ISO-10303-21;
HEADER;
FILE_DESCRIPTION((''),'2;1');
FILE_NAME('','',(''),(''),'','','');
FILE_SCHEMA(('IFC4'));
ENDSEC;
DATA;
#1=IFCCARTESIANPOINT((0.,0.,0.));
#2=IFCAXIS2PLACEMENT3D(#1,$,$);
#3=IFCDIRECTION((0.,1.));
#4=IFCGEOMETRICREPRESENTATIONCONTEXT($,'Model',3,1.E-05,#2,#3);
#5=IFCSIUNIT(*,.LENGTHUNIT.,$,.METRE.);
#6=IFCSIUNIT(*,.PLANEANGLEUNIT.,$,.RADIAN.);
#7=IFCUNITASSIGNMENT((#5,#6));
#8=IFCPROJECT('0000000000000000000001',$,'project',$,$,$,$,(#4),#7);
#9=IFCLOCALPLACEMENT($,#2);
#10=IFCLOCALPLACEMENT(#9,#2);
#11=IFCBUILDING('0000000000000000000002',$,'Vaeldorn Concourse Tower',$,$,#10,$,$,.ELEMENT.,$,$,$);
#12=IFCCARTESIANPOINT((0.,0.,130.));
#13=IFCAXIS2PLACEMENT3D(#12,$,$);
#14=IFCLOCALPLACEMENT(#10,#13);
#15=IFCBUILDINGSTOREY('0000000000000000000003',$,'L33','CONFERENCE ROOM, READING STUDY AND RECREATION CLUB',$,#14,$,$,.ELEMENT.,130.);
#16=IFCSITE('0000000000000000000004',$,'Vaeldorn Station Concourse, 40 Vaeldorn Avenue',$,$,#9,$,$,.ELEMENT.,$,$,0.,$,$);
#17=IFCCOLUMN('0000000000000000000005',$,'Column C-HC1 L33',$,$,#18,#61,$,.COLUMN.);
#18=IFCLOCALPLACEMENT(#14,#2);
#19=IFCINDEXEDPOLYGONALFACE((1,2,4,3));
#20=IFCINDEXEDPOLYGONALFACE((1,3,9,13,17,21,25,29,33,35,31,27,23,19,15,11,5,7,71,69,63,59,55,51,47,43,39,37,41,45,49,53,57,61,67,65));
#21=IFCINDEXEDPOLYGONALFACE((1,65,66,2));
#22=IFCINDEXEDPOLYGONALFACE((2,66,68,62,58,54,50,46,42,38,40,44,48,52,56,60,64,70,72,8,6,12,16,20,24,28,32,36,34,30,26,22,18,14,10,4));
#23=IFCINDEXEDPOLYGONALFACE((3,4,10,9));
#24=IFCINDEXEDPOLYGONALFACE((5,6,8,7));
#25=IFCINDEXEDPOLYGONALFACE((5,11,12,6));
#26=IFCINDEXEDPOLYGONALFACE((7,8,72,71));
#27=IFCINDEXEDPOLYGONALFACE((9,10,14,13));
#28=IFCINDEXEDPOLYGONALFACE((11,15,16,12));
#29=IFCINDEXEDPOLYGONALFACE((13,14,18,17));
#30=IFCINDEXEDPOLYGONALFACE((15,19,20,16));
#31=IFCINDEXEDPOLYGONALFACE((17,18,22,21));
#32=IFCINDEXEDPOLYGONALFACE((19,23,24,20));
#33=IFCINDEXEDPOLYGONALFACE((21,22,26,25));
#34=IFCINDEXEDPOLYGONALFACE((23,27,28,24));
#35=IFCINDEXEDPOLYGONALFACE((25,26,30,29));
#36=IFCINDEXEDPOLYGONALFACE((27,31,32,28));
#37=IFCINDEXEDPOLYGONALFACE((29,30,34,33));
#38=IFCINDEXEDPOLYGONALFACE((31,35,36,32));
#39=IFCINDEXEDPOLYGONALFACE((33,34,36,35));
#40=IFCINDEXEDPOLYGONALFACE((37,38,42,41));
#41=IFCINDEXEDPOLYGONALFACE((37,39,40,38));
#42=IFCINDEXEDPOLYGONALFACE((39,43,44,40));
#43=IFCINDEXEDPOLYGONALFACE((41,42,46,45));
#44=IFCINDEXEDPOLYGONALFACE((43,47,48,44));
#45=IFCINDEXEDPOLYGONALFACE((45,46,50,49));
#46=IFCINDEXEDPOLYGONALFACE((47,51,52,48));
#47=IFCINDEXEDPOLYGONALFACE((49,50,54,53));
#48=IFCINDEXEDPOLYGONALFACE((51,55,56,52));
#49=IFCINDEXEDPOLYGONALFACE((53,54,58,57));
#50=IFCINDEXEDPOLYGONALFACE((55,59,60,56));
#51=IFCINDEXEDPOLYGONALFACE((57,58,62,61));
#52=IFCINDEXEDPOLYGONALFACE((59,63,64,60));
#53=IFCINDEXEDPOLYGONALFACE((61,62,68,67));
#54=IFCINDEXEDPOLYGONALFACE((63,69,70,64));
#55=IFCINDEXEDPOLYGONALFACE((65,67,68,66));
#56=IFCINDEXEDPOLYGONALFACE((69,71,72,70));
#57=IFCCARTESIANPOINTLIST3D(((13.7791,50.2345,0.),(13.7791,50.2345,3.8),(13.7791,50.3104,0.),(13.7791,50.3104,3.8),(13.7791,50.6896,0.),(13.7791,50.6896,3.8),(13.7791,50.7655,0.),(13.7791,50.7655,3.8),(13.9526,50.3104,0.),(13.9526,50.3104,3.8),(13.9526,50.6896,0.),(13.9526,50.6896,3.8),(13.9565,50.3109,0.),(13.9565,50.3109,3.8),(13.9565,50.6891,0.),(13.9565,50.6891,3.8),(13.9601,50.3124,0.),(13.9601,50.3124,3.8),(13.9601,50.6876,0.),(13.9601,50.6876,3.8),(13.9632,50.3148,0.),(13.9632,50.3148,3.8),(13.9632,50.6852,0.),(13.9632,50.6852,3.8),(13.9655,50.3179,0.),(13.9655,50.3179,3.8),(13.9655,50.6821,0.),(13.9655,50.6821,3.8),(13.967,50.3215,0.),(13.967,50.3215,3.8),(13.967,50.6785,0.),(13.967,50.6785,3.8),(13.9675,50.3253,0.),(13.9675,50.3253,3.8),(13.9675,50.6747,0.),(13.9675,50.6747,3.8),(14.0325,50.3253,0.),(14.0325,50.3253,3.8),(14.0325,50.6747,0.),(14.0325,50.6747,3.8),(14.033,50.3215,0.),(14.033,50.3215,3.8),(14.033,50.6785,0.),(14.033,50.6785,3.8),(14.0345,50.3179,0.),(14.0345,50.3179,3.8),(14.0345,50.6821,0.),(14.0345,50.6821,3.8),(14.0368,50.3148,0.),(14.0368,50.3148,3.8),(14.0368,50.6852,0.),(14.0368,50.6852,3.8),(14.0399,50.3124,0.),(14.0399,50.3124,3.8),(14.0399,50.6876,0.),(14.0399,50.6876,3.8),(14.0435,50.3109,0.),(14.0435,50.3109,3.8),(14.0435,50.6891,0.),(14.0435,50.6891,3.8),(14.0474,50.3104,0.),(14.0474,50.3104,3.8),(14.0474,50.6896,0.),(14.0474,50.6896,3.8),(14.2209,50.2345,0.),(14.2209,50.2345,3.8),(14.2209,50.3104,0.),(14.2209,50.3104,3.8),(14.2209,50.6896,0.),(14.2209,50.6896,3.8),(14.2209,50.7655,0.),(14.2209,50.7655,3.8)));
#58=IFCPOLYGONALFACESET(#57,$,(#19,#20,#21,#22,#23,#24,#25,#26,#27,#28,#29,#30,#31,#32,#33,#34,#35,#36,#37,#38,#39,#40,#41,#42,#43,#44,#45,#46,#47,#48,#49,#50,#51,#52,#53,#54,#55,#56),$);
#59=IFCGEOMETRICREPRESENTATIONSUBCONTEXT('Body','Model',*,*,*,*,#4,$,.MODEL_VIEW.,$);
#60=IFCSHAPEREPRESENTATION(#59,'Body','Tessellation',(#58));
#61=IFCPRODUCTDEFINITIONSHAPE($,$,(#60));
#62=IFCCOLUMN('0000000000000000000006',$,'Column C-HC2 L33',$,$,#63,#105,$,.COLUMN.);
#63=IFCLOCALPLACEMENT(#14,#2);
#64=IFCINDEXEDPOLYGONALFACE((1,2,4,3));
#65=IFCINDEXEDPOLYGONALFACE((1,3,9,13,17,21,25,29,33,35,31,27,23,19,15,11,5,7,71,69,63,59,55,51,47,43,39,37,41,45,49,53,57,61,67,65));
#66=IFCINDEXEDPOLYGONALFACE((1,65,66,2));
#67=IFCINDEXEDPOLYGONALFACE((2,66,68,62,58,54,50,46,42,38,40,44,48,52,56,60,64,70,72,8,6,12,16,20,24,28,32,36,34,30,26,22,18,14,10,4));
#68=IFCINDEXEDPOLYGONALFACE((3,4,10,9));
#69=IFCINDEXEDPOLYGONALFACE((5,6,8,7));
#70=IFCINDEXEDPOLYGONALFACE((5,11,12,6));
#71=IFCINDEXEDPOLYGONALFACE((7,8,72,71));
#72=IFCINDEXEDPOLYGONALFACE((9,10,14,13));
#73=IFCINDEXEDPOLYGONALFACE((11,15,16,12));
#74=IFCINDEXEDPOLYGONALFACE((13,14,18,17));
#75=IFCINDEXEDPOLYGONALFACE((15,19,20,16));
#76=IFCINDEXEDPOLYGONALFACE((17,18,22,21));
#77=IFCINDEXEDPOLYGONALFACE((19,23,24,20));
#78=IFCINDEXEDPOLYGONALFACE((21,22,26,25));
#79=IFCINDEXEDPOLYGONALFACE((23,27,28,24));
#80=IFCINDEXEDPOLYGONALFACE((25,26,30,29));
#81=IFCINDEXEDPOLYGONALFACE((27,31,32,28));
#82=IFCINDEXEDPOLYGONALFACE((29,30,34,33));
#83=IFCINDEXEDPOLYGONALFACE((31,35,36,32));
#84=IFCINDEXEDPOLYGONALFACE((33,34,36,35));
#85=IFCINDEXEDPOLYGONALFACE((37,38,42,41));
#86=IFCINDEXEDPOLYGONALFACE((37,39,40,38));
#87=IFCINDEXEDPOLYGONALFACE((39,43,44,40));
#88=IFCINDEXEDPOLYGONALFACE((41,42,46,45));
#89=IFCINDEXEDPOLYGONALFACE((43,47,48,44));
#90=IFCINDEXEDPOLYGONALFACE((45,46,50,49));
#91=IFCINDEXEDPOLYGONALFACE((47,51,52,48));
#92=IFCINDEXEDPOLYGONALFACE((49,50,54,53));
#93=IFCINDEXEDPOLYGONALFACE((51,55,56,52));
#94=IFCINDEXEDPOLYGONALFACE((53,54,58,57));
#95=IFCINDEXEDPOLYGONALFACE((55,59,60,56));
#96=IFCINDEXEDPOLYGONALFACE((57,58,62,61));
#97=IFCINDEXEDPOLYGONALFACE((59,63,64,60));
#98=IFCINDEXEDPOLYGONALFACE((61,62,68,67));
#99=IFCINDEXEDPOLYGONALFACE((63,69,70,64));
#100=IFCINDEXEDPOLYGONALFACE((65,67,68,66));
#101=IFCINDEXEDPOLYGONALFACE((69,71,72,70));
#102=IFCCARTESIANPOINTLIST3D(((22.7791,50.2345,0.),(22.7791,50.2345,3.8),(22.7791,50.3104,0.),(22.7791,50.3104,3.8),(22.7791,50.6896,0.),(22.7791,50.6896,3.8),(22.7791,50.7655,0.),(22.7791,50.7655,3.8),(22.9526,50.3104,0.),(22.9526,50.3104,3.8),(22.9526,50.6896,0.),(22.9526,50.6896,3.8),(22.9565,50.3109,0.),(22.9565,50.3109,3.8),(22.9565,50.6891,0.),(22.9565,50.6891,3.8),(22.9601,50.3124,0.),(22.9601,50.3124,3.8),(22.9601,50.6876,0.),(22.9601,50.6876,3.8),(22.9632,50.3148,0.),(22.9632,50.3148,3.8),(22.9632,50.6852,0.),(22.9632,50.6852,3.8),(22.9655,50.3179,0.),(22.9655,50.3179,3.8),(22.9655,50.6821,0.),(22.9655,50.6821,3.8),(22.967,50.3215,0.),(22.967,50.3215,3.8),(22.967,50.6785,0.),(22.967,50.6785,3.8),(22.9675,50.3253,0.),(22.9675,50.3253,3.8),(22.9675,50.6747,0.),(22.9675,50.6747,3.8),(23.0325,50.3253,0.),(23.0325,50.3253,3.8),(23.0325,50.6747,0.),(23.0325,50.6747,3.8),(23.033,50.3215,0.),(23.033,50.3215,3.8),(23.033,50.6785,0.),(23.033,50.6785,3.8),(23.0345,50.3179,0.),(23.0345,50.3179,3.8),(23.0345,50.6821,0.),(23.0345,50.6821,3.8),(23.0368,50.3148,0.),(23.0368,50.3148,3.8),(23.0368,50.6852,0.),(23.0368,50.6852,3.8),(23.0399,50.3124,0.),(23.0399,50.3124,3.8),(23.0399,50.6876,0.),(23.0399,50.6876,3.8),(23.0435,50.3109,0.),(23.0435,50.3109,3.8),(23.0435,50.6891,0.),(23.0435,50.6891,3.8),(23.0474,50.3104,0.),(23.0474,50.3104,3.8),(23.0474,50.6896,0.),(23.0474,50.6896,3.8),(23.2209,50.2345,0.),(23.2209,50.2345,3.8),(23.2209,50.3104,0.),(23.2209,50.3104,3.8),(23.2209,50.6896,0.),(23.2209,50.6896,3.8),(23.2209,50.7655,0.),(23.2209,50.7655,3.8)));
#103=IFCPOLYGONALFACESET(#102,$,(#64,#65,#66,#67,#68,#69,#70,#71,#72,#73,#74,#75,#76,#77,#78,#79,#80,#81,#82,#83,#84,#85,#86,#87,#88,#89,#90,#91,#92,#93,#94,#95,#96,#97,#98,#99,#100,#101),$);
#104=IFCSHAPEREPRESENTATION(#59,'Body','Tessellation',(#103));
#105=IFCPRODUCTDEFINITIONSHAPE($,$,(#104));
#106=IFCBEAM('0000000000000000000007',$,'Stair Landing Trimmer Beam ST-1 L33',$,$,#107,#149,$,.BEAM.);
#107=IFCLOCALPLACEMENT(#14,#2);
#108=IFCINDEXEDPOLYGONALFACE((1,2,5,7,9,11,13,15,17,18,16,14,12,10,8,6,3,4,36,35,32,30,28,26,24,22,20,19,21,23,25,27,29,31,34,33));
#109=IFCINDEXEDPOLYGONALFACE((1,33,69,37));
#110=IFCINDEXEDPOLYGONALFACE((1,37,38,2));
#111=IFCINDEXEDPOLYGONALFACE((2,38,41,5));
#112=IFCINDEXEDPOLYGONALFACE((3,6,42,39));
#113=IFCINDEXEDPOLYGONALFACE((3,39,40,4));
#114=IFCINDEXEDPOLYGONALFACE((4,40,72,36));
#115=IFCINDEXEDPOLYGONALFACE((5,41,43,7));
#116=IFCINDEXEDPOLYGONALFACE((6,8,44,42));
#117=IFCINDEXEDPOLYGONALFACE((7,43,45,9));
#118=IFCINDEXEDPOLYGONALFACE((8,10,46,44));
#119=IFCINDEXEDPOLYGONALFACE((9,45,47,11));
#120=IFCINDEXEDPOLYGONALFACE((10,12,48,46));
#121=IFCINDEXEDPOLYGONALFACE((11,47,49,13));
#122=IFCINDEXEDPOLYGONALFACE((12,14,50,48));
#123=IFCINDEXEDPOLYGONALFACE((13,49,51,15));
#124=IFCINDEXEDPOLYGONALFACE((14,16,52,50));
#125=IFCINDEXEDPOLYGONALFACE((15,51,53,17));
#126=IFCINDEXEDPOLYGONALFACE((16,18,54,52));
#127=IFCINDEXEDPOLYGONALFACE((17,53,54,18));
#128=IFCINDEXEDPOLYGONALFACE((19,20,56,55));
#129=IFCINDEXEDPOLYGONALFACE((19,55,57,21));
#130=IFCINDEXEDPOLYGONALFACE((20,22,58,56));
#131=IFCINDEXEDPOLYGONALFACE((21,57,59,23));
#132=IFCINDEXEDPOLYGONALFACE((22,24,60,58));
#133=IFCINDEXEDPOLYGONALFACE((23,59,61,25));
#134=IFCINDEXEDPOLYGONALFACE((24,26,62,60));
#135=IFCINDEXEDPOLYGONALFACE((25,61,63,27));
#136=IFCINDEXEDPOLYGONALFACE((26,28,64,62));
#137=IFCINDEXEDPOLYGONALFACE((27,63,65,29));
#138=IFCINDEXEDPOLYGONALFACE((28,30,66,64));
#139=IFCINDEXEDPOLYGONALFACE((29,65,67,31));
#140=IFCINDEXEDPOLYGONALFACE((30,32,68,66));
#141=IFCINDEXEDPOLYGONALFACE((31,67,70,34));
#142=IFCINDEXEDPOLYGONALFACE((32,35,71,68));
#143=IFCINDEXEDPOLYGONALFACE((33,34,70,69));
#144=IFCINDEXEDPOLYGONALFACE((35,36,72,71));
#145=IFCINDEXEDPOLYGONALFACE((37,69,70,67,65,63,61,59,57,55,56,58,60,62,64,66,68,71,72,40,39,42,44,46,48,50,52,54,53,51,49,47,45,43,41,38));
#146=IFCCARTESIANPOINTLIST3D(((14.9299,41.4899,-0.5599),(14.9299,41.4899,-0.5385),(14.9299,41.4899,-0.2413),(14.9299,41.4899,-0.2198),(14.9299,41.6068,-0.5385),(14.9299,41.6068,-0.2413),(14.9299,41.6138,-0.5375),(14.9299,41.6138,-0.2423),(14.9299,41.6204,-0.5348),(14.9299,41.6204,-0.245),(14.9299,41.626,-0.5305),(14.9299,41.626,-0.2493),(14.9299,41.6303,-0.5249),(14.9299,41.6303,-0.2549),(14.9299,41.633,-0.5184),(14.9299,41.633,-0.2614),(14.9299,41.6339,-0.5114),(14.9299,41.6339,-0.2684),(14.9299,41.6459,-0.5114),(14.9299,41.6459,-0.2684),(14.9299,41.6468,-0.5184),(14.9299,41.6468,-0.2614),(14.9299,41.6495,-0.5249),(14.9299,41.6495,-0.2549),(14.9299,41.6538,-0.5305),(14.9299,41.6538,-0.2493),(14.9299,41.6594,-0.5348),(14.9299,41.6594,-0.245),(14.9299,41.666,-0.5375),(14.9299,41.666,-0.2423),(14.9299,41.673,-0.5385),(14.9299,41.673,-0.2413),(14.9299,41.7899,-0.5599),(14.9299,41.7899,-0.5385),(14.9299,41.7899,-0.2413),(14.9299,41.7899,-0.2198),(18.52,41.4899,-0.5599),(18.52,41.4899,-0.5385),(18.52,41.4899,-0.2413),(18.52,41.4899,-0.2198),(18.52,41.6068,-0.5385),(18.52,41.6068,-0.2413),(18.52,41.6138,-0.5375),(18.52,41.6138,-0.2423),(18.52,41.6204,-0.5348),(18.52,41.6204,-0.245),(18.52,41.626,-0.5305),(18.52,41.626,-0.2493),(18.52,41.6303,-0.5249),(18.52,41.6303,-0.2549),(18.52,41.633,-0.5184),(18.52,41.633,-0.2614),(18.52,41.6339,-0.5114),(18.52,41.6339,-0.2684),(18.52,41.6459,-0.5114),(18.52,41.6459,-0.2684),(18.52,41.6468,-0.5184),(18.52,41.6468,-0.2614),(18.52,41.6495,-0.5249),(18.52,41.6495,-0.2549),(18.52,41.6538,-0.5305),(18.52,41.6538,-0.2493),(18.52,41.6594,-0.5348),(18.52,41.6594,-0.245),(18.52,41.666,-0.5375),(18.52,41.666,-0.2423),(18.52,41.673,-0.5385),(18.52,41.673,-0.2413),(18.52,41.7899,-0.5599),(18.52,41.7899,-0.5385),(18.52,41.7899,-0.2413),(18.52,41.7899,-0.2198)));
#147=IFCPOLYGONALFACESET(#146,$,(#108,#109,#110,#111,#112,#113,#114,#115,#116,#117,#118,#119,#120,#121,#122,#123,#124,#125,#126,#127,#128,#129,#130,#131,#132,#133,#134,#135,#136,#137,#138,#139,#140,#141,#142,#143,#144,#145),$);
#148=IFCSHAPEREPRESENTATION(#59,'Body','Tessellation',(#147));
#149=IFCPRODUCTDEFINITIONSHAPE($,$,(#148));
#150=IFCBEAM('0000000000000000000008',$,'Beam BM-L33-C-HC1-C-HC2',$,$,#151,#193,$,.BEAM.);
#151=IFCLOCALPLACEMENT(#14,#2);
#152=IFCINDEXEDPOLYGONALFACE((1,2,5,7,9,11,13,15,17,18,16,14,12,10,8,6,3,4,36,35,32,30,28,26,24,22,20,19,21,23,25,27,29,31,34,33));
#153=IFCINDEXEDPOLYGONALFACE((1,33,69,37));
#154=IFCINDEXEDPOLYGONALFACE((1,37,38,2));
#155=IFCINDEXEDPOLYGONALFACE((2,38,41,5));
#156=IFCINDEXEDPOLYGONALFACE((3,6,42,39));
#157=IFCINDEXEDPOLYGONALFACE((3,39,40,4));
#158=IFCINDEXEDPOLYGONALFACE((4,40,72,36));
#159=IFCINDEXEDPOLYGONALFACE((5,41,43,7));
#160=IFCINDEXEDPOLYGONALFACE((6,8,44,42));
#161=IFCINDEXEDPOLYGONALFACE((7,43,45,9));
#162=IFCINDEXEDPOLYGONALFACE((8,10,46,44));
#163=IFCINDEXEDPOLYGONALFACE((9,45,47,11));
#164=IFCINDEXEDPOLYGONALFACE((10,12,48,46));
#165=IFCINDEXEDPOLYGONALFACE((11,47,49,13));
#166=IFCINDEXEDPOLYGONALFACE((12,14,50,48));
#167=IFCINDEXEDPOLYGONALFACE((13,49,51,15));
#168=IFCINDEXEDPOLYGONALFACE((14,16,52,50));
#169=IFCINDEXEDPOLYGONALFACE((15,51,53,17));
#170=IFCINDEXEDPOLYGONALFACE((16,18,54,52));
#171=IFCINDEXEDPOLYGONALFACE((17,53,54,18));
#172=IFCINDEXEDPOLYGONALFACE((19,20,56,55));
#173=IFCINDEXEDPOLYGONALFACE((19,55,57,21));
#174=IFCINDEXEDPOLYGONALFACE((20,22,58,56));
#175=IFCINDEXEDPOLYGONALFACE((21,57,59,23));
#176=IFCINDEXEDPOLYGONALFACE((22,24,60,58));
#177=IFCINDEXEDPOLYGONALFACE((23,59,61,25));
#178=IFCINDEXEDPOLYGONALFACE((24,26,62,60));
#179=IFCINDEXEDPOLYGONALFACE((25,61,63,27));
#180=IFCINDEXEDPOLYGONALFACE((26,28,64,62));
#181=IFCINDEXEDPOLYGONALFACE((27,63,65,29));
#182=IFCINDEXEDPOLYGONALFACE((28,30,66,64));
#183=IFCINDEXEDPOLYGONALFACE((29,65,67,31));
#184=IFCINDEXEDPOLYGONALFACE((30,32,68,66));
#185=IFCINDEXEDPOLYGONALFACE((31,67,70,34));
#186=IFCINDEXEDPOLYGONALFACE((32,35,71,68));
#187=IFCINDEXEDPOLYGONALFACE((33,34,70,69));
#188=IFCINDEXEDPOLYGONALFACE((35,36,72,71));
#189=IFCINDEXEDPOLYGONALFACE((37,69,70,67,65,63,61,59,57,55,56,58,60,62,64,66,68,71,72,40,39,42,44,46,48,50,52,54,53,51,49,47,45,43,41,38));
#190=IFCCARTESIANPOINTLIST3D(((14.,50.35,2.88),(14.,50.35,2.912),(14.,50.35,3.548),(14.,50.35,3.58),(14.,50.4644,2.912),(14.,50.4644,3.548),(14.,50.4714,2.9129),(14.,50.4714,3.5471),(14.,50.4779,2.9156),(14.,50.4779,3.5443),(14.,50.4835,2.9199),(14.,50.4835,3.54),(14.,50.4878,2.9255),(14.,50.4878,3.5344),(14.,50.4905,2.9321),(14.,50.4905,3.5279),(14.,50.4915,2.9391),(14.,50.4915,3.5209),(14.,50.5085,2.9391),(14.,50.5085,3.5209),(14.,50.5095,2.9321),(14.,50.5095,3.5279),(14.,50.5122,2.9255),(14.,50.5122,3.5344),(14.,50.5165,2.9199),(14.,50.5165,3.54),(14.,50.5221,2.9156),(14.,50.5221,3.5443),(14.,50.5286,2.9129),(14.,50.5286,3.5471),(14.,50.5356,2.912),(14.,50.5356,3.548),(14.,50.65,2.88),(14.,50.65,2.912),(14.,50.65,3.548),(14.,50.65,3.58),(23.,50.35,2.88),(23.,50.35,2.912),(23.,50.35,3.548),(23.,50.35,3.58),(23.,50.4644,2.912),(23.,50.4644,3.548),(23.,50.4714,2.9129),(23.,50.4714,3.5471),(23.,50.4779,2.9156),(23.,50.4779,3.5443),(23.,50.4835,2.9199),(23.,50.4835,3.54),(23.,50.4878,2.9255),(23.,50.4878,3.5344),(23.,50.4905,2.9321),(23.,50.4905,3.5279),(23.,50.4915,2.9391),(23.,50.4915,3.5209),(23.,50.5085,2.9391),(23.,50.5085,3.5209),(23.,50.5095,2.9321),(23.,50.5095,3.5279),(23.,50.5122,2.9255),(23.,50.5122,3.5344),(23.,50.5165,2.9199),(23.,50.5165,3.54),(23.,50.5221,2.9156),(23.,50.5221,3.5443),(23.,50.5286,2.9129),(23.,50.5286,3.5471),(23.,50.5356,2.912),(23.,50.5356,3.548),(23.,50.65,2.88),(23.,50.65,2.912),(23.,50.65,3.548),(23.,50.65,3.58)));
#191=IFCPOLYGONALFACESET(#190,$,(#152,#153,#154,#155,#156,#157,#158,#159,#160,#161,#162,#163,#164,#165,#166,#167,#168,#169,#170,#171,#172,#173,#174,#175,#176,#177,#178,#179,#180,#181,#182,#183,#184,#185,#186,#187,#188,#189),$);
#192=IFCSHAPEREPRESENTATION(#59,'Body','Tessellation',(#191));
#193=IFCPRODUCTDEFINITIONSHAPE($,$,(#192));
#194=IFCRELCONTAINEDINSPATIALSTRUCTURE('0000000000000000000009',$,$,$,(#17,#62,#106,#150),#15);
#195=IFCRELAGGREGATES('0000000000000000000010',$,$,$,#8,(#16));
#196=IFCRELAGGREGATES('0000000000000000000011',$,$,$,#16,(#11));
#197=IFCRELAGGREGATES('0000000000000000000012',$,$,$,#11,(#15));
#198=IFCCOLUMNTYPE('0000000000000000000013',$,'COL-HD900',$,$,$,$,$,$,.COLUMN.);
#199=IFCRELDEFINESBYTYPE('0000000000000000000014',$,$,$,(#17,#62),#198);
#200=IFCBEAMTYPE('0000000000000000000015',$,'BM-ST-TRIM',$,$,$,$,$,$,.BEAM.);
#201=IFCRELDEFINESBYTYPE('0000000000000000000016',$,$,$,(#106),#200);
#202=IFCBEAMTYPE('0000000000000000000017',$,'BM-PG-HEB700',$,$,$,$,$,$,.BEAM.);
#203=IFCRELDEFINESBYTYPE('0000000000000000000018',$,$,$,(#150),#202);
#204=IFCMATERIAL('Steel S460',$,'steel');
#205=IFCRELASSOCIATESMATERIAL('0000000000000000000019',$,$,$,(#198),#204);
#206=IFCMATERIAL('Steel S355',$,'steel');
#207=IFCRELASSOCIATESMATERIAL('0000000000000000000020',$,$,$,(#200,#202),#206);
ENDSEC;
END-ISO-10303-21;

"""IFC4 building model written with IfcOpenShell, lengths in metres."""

from ifc_helpers import new_model, si_unit, direction, frame, origin, origin_2d, place, context, subcontext, project, spatial, i_section, extrude, source, transform, mapped, material, material_profile, profile_set, type_object, element, save


model = new_model("IFC4")

# Units and contexts
model_context = context("Model", 3, precision=1e-05, world=origin(), true_north=direction((0.0, 1.0)))
body_context = subcontext(model_context, "Body", "Model", "MODEL_VIEW")
ifc_project = project(units=[si_unit("LENGTHUNIT", "METRE"), si_unit("PLANEANGLEUNIT", "RADIAN")], contexts=[model_context])

# Site, building, storey
site_placement = place(None, origin())
site = spatial("IfcSite", under=ifc_project, at=site_placement, Name="Vaeldorn Station Concourse, 40 Vaeldorn Avenue", CompositionType="ELEMENT", RefElevation=0.0)
building_placement = place(site_placement, origin())
building = spatial("IfcBuilding", under=site, at=building_placement, Name="Vaeldorn Concourse Tower", CompositionType="ELEMENT")
storey_placement = place(building_placement, frame((0.0, 0.0, 130.0)))
storey = spatial("IfcBuildingStorey", under=building, at=storey_placement, Name="L33", Description="CONFERENCE ROOM, READING STUDY AND RECREATION CLUB", CompositionType="ELEMENT", Elevation=130.0)

# Columns
ifc_material_1 = material(Name="Steel S460", Category="steel")
ifc_material_profile_1 = material_profile(ifc_material_1, i_section(OverallWidth=0.4419, OverallDepth=0.531, WebThickness=0.0649, FlangeThickness=0.0759, FilletRadius=0.0149, at=origin_2d()), Name="HD 400x900")
ifc_profile_set_1 = profile_set([ifc_material_profile_1], Name="Steel S460")
column_type = type_object("IfcColumnType", Name="COL-HD900", PredefinedType="COLUMN", material=ifc_profile_set_1)
shared_shape_1 = source(origin(), body_context, "Body", "SweptSolid", [
    extrude(i_section(OverallWidth=0.4419, OverallDepth=0.531, WebThickness=0.0649, FlangeThickness=0.0759, FilletRadius=0.0149, at=origin_2d()), origin(), (0.0, 0.0, 1.0), 3.8),
])
for number, where, z_axis, x_axis, name in (
    (1, (14.0, 50.5, 0.0), (0.0, 0.0, 1.0), (1.0, 0.0, 0.0), "Column C-HC1 L33"),
    (2, (23.0, 50.5, 0.0), (0.0, 0.0, 1.0), (1.0, 0.0, 0.0), "Column C-HC2 L33"),
):
    element("IfcColumn", number, at=place(storey_placement, frame(where, z_axis=z_axis, x_axis=x_axis)), inside=storey, type_object=column_type, Name=name, PredefinedType="COLUMN", context=body_context, shape_type="MappedRepresentation", body=[
        mapped(shared_shape_1, transform((0.0, 0.0, 0.0), scale=1.0)),
    ])

# Beams
ifc_material_2 = material(Name="Steel S355", Category="steel")
ifc_material_profile_2 = material_profile(ifc_material_2, i_section(OverallWidth=0.3, OverallDepth=0.3401, WebThickness=0.012, FlangeThickness=0.0215, FilletRadius=0.0271, at=origin_2d()), Name="HEB 340")
ifc_profile_set_2 = profile_set([ifc_material_profile_2], Name="Steel S355")
beam_type_1 = type_object("IfcBeamType", Name="BM-ST-TRIM", PredefinedType="BEAM", material=ifc_profile_set_2)
shared_shape_2 = source(origin(), body_context, "Body", "SweptSolid", [
    extrude(i_section(OverallWidth=0.3, OverallDepth=0.3401, WebThickness=0.012, FlangeThickness=0.0215, FilletRadius=0.0271, at=origin_2d()), origin(), (0.0, 0.0, 1.0), 3.5901),
])
beam_1_placement = place(storey_placement, frame((14.9299, 41.6399, -0.3899), z_axis=(1.0, 0.0, 0.0), x_axis=(0.0, 1.0, 0.0)))
element("IfcBeam", 3, at=beam_1_placement, inside=storey, type_object=beam_type_1, Name="Stair Landing Trimmer Beam ST-1 L33", PredefinedType="BEAM", context=body_context, shape_type="MappedRepresentation", body=[
    mapped(shared_shape_2, transform((0.0, 0.0, 0.0), scale=1.0)),
])
ifc_material_profile_3 = material_profile(ifc_material_2, i_section(OverallWidth=0.3, OverallDepth=0.7, WebThickness=0.0171, FlangeThickness=0.032, FilletRadius=0.0271, at=origin_2d()), Name="HEB 700")
ifc_profile_set_3 = profile_set([ifc_material_profile_3], Name="Steel S355")
beam_type_2 = type_object("IfcBeamType", Name="BM-PG-HEB700", PredefinedType="BEAM", material=ifc_profile_set_3)
shared_shape_3 = source(origin(), body_context, "Body", "SweptSolid", [
    extrude(i_section(OverallWidth=0.3, OverallDepth=0.7, WebThickness=0.0171, FlangeThickness=0.032, FilletRadius=0.0271, at=origin_2d()), origin(), (0.0, 0.0, 1.0), 9.0),
])
beam_2_placement = place(storey_placement, frame((14.0, 50.5, 3.23), z_axis=(1.0, 0.0, 0.0), x_axis=(0.0, 1.0, 0.0)))
element("IfcBeam", 4, at=beam_2_placement, inside=storey, type_object=beam_type_2, Name="Beam BM-L33-C-HC1-C-HC2", PredefinedType="BEAM", context=body_context, shape_type="MappedRepresentation", body=[
    mapped(shared_shape_3, transform((0.0, 0.0, 0.0), scale=1.0)),
])

save(model, "model.ifc")
